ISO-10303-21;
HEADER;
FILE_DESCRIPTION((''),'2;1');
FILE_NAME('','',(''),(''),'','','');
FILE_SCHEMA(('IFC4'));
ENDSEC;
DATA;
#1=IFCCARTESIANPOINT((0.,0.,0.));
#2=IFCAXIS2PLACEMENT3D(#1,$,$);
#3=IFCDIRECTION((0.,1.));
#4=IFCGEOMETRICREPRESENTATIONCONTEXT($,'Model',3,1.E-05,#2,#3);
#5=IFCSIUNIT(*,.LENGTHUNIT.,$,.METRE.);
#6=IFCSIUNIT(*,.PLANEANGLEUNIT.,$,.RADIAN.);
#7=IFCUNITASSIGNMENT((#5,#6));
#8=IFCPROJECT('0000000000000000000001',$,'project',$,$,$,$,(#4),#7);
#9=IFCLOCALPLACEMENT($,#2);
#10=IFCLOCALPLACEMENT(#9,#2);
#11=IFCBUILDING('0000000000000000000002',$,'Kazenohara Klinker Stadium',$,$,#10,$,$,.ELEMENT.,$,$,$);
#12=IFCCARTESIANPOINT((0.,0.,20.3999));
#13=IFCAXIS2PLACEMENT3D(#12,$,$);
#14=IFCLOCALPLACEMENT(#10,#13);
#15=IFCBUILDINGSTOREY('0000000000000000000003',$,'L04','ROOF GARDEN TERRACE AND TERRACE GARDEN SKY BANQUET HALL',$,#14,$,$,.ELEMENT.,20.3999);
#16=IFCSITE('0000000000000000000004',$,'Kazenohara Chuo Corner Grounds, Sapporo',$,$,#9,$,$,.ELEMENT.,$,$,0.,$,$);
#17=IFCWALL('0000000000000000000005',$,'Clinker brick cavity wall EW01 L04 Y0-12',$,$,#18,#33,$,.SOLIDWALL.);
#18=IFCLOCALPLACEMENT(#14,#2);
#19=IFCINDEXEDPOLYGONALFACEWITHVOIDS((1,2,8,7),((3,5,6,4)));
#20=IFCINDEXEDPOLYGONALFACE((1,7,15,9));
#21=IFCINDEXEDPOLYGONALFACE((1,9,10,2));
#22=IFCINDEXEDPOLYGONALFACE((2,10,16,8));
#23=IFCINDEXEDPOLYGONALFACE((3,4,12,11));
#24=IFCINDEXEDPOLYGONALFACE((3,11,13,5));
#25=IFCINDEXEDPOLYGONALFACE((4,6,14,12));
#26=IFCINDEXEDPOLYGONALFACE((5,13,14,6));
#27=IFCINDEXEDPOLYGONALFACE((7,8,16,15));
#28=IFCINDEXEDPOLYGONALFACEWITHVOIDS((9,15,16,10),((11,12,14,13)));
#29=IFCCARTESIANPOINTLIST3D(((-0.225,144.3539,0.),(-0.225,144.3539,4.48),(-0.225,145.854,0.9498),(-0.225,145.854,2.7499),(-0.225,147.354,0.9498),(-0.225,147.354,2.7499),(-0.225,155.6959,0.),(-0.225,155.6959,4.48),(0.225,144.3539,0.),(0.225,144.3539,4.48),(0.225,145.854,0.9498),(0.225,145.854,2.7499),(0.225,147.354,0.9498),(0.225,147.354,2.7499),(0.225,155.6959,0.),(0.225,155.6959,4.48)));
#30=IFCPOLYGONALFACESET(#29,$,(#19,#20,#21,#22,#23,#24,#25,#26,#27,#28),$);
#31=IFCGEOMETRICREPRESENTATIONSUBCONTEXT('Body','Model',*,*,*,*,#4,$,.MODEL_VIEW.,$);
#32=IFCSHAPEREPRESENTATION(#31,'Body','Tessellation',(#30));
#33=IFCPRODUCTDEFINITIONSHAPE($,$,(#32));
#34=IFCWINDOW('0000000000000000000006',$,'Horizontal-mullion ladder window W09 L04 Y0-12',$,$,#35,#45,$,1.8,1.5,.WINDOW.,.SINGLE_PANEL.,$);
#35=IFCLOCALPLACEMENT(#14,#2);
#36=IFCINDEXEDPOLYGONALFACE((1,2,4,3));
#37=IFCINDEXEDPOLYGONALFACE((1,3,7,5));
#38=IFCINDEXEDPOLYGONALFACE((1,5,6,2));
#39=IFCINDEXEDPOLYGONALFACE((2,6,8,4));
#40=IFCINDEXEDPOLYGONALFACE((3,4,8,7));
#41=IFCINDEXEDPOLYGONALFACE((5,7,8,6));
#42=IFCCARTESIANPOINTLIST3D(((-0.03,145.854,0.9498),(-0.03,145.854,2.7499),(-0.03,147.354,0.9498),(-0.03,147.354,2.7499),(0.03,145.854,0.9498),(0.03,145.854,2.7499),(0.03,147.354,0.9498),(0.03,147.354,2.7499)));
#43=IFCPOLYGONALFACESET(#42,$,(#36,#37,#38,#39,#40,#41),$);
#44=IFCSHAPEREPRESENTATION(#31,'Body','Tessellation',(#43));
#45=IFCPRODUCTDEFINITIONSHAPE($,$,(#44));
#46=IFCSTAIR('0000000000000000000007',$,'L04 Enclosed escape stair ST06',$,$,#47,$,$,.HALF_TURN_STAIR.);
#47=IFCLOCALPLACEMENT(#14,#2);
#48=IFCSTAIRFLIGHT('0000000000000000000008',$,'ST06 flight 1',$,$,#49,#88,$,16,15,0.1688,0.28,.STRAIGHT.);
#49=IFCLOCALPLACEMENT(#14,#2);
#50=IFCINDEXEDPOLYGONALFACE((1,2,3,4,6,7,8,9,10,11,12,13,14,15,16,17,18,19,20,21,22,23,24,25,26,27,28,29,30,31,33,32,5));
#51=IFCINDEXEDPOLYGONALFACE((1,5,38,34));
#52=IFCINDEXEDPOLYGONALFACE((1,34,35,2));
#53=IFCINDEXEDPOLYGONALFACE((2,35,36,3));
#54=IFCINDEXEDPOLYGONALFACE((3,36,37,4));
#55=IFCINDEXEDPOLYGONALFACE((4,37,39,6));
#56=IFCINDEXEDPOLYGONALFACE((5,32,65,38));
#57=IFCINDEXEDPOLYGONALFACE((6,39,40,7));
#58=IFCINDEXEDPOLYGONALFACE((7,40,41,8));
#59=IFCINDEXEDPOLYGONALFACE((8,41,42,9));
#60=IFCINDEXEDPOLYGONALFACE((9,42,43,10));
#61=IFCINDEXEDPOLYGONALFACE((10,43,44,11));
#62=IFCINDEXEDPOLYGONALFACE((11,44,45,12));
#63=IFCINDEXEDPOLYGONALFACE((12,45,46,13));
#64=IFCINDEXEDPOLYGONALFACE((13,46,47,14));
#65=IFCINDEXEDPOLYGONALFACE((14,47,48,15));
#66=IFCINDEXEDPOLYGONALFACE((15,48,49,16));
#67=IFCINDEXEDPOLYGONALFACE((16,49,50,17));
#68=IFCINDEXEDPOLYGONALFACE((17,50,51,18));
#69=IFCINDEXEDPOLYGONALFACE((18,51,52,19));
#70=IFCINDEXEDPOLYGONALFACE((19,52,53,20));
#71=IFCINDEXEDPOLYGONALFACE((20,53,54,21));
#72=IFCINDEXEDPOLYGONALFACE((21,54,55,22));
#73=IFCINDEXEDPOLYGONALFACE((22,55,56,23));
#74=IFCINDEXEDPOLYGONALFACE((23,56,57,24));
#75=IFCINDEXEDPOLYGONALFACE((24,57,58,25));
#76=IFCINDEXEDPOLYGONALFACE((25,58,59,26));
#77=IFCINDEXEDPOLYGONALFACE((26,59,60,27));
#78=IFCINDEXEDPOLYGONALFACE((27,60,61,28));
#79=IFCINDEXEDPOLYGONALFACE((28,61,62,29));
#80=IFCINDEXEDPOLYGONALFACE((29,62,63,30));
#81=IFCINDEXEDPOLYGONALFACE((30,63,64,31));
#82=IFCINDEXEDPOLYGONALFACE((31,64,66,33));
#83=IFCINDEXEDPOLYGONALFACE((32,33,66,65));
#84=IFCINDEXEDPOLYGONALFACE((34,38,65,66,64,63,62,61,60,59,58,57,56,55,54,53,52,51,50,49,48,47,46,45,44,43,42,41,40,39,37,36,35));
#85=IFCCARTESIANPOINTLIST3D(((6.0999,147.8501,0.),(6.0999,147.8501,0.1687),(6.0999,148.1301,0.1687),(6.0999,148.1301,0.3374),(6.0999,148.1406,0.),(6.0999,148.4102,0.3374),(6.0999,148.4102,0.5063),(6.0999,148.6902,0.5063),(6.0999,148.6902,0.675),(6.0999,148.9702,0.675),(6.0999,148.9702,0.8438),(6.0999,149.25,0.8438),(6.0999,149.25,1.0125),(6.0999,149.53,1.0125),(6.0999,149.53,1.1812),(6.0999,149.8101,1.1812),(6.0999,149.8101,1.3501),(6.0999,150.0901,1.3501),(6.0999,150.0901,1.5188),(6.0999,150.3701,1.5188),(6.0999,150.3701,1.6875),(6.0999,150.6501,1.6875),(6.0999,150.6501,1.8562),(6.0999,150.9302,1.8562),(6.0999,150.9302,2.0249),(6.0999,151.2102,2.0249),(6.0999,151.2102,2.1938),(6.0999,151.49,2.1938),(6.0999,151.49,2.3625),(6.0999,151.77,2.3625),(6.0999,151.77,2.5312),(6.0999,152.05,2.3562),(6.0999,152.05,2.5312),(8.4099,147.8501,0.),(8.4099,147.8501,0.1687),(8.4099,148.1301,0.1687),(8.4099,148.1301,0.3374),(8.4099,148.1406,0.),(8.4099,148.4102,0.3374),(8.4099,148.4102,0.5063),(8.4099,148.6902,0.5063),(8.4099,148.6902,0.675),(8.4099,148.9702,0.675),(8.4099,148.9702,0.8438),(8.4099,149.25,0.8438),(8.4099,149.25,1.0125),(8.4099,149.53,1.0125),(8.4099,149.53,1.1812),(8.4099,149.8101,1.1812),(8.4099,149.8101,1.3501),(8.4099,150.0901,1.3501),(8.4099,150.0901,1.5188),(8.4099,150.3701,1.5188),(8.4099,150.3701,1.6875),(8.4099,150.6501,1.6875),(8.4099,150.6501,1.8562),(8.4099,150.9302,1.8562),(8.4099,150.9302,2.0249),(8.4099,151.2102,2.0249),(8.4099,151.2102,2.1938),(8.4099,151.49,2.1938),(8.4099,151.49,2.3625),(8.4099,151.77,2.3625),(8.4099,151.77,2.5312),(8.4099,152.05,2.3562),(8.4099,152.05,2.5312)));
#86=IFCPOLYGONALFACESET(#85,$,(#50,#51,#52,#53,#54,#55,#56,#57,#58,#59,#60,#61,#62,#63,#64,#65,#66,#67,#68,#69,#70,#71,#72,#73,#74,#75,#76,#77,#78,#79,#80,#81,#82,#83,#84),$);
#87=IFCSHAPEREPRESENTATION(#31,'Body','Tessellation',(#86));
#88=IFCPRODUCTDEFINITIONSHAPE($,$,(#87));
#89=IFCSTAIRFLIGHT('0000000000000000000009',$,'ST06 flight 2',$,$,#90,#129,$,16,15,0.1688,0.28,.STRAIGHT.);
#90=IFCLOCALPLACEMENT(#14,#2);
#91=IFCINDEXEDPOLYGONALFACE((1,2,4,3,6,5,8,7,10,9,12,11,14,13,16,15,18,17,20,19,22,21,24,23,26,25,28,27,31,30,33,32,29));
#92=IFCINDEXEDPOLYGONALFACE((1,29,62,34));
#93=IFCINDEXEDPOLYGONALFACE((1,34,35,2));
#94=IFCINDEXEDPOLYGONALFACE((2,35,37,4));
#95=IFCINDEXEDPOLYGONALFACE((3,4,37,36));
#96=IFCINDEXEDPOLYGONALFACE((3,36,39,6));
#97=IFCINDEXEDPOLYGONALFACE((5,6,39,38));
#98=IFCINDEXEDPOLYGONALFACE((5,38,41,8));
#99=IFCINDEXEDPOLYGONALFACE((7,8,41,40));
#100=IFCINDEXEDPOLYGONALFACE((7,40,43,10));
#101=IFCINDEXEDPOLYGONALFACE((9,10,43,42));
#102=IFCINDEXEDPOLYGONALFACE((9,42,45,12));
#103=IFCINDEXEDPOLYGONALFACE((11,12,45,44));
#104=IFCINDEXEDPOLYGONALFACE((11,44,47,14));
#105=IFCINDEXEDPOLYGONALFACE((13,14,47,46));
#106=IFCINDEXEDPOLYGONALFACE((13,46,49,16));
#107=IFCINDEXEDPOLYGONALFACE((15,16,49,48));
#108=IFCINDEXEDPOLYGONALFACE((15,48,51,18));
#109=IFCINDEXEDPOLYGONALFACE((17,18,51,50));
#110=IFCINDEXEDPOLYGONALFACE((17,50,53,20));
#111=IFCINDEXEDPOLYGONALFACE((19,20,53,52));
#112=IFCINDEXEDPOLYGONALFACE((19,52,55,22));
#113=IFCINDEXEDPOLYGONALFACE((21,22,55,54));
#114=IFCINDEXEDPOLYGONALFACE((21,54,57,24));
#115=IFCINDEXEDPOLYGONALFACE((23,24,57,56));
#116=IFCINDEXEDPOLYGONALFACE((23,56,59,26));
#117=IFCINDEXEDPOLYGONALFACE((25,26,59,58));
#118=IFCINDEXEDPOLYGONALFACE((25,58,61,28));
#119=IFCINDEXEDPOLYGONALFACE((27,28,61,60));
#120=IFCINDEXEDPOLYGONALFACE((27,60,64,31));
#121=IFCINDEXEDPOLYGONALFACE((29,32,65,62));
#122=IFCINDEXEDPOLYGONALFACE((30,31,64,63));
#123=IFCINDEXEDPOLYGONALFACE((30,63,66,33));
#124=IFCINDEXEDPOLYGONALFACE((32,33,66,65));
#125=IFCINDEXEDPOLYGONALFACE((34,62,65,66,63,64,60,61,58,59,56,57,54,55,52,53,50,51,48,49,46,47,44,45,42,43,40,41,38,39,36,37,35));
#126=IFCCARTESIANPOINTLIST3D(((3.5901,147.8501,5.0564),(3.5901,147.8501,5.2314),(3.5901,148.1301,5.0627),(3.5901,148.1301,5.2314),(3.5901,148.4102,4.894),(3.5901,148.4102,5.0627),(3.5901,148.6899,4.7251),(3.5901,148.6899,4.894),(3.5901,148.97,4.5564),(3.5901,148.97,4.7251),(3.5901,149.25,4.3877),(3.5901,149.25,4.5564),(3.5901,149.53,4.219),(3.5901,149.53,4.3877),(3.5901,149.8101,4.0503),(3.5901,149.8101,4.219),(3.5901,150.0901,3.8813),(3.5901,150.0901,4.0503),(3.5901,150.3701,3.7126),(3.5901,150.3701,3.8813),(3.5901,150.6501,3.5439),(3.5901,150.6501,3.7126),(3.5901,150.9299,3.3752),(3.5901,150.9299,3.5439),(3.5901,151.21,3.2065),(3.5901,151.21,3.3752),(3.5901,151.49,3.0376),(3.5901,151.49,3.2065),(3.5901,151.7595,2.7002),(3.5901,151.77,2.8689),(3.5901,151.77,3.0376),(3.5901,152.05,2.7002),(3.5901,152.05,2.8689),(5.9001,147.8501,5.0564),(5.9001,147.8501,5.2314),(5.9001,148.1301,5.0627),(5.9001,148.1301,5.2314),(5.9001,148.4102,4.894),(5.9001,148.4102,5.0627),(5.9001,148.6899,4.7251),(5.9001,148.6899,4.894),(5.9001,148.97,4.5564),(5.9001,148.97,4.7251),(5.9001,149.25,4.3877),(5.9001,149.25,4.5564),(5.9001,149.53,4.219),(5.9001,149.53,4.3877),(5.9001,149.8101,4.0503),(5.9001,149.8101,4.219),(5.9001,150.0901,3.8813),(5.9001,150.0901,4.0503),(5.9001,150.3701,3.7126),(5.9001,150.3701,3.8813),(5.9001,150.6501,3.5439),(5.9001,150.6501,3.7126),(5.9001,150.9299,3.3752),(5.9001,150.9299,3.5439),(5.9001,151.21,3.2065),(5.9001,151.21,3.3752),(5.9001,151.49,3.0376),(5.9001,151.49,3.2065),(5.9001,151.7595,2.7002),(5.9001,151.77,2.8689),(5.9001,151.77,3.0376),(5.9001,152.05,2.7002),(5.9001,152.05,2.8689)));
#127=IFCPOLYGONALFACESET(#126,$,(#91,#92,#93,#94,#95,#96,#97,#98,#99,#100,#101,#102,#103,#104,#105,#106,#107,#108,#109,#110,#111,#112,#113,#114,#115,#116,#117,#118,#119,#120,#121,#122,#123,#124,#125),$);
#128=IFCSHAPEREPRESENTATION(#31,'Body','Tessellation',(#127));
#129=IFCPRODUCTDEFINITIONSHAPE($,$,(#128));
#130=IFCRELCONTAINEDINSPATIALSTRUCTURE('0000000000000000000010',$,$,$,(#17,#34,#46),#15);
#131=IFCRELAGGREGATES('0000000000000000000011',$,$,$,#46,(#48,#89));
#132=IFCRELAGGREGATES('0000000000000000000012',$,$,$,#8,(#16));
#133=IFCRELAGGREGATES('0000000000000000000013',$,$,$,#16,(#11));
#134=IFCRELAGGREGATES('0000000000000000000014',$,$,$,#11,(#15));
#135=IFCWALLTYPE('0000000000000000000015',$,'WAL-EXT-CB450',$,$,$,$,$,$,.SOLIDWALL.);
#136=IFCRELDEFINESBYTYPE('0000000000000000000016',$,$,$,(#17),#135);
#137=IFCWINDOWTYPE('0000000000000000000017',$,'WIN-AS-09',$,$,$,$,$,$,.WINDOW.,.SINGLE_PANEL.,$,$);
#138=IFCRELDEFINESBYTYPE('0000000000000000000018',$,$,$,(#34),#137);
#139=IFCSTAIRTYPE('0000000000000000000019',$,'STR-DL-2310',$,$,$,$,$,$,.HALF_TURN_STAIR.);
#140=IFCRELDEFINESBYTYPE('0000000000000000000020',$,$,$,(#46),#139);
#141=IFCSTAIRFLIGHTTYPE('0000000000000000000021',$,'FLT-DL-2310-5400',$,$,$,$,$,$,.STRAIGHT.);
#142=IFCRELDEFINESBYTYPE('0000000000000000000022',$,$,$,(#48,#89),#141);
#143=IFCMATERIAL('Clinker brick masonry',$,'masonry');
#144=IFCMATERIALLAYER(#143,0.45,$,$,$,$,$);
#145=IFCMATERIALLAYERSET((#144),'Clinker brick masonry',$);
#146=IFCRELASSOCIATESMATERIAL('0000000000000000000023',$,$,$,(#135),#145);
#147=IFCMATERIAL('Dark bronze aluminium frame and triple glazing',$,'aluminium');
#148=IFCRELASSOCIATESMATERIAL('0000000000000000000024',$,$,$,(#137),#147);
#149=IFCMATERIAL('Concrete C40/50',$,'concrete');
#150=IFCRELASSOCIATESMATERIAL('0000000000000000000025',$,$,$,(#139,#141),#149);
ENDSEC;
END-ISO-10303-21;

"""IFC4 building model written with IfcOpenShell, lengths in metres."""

from ifc_helpers import new_model, si_unit, direction, frame, frame_2d, origin, place, context, subcontext, project, spatial, polyline, rectangle, outline, extrude, material, layer, layer_set, type_object, element, fill, aggregate, save


model = new_model("IFC4")

# Units and contexts
model_context = context("Model", 3, precision=1e-05, world=origin(), true_north=direction((0.0, 1.0)))
body_context = subcontext(model_context, "Body", "Model", "MODEL_VIEW")
ifc_project = project(units=[si_unit("LENGTHUNIT", "METRE"), si_unit("PLANEANGLEUNIT", "RADIAN")], contexts=[model_context])

# Site, building, storey
site_placement = place(None, origin())
site = spatial("IfcSite", under=ifc_project, at=site_placement, Name="Kazenohara Chuo Corner Grounds, Sapporo", CompositionType="ELEMENT", RefElevation=0.0)
building_placement = place(site_placement, origin())
building = spatial("IfcBuilding", under=site, at=building_placement, Name="Kazenohara Klinker Stadium", CompositionType="ELEMENT")
storey_placement = place(building_placement, frame((0.0, 0.0, 20.3999)))
storey = spatial("IfcBuildingStorey", under=building, at=storey_placement, Name="L04", Description="ROOF GARDEN TERRACE AND TERRACE GARDEN SKY BANQUET HALL", CompositionType="ELEMENT", Elevation=20.3999)

# Shared definitions
ifc_material_1 = material(Name="Concrete C40/50", Category="concrete")

# Wall, opening, window
ifc_material_2 = material(Name="Clinker brick masonry", Category="masonry")
ifc_layer_1 = layer(ifc_material_2, 0.45)
ifc_layer_set_1 = layer_set([ifc_layer_1], Name="Clinker brick masonry")
wall_type_1 = type_object("IfcWallType", Name="WAL-EXT-CB450", PredefinedType="SOLIDWALL", material=ifc_layer_set_1)
wall_1_placement = place(storey_placement, frame((0.0, 144.354, 0.0), z_axis=(0.0, 0.0, 1.0), x_axis=(0.0, 1.0, 0.0)))
wall_1 = element("IfcWall", 1, at=wall_1_placement, inside=storey, type_object=wall_type_1, Name="Clinker brick cavity wall EW01 L04 Y0-12", PredefinedType="SOLIDWALL", context=body_context, shape_type="SweptSolid", body=[
    extrude(rectangle(XDim=11.342, YDim=0.45, at=frame_2d((5.6709, 0.0))), origin(), (0.0, 0.0, 1.0), 4.48),
])
opening_1_placement = place(wall_1_placement, frame((1.5, 0.0, 0.95)))
opening_1 = element("IfcOpeningElement", 2, at=opening_1_placement, cuts=wall_1, PredefinedType="OPENING", context=body_context, shape_type="SweptSolid", body=[
    extrude(rectangle(XDim=1.5, YDim=1.8, at=frame_2d((0.75, 0.8999))), frame((0.0, 0.2349, 0.0), z_axis=(0.0, -1.0, 0.0), x_axis=(1.0, 0.0, 0.0)), (0.0, 0.0, 1.0), 0.47),
])
ifc_material_3 = material(Name="Dark bronze aluminium frame and triple glazing", Category="aluminium")
window_type = type_object("IfcWindowType", Name="WIN-AS-09", PartitioningType="SINGLE_PANEL", PredefinedType="WINDOW", material=ifc_material_3)
window_placement = place(opening_1_placement, origin())
window = element("IfcWindow", 3, at=window_placement, inside=storey, type_object=window_type, Name="Horizontal-mullion ladder window W09 L04 Y0-12", OverallHeight=1.8, OverallWidth=1.5, PartitioningType="SINGLE_PANEL", PredefinedType="WINDOW", context=body_context, shape_type="SweptSolid", body=[
    extrude(rectangle(XDim=1.5, YDim=1.8, at=frame_2d((0.75, 0.8999))), frame((0.0, 0.03, 0.0), z_axis=(0.0, -1.0, 0.0), x_axis=(1.0, 0.0, 0.0)), (0.0, 0.0, 1.0), 0.0601),
])
fill(opening_1, window)

# Stair, stair flights
stair_type = type_object("IfcStairType", Name="STR-DL-2310", PredefinedType="HALF_TURN_STAIR", material=ifc_material_1)
stair_placement = place(storey_placement, origin())
stair = element("IfcStair", 4, at=stair_placement, inside=storey, type_object=stair_type, Name="L04 Enclosed escape stair ST06", PredefinedType="HALF_TURN_STAIR")
stair_flight_type = type_object("IfcStairFlightType", Name="FLT-DL-2310-5400", PredefinedType="STRAIGHT", material=ifc_material_1)
stair_flight_1_placement = place(storey_placement, frame((7.2549, 147.8501, 0.0), z_axis=(0.0, 0.0, 1.0), x_axis=(0.0, 1.0, 0.0)))
stair_flight_1 = element("IfcStairFlight", 5, at=stair_flight_1_placement, type_object=stair_flight_type, Name="ST06 flight 1", NumberOfRisers=16, NumberOfTreads=15, PredefinedType="STRAIGHT", RiserHeight=0.1688, TreadLength=0.28, context=body_context, shape_type="SweptSolid", body=[
    extrude(outline(polyline([(0.0, 0.0), (0.0, 0.1687), (0.28, 0.1687), (0.28, 0.3374), (0.5601, 0.3374), (0.5601, 0.5063), (0.8401, 0.5063), (0.8401, 0.675), (1.1201, 0.675), (1.1201, 0.8438), (1.3999, 0.8438), (1.3999, 1.0125), (1.6799, 1.0125), (1.6799, 1.1812), (1.96, 1.1812), (1.96, 1.3501), (2.24, 1.3501), (2.24, 1.5188), (2.52, 1.5188), (2.52, 1.6875), (2.8, 1.6875), (2.8, 1.8562), (3.0801, 1.8562), (3.0801, 2.0249), (3.3601, 2.0249), (3.3601, 2.1938), (3.6399, 2.1938), (3.6399, 2.3625), (3.9199, 2.3625), (3.9199, 2.5312), (4.2, 2.5312), (4.2, 2.7), (4.2, 2.3562), (0.2905, 0.0), (0.0, 0.0)])), frame((0.0, 1.155, 0.0), z_axis=(0.0, -1.0, 0.0), x_axis=(1.0, 0.0, 0.0)), (0.0, 0.0, 1.0), 2.3101),
])
stair_flight_2_placement = place(storey_placement, frame((4.7451, 152.05, 2.7002), z_axis=(0.0, 0.0, 1.0), x_axis=(0.0, -1.0, 0.0)))
stair_flight_2 = element("IfcStairFlight", 6, at=stair_flight_2_placement, type_object=stair_flight_type, Name="ST06 flight 2", NumberOfRisers=16, NumberOfTreads=15, PredefinedType="STRAIGHT", RiserHeight=0.1688, TreadLength=0.28, context=body_context, shape_type="SweptSolid", body=[
    extrude(outline(polyline([(0.0, 0.0), (0.0, 0.1687), (0.28, 0.1687), (0.28, 0.3374), (0.5601, 0.3374), (0.5601, 0.5063), (0.8401, 0.5063), (0.8401, 0.675), (1.1201, 0.675), (1.1201, 0.8438), (1.3999, 0.8438), (1.3999, 1.0125), (1.6799, 1.0125), (1.6799, 1.1812), (1.96, 1.1812), (1.96, 1.3501), (2.24, 1.3501), (2.24, 1.5188), (2.52, 1.5188), (2.52, 1.6875), (2.8, 1.6875), (2.8, 1.8562), (3.0801, 1.8562), (3.0801, 2.0249), (3.3601, 2.0249), (3.3601, 2.1938), (3.6399, 2.1938), (3.6399, 2.3625), (3.9199, 2.3625), (3.9199, 2.5312), (4.2, 2.5312), (4.2, 2.7), (4.2, 2.3562), (0.2905, 0.0), (0.0, 0.0)])), frame((0.0, 1.155, 0.0), z_axis=(0.0, -1.0, 0.0), x_axis=(1.0, 0.0, 0.0)), (0.0, 0.0, 1.0), 2.3101),
])
aggregate(stair, [stair_flight_1, stair_flight_2])

save(model, "model.ifc")
